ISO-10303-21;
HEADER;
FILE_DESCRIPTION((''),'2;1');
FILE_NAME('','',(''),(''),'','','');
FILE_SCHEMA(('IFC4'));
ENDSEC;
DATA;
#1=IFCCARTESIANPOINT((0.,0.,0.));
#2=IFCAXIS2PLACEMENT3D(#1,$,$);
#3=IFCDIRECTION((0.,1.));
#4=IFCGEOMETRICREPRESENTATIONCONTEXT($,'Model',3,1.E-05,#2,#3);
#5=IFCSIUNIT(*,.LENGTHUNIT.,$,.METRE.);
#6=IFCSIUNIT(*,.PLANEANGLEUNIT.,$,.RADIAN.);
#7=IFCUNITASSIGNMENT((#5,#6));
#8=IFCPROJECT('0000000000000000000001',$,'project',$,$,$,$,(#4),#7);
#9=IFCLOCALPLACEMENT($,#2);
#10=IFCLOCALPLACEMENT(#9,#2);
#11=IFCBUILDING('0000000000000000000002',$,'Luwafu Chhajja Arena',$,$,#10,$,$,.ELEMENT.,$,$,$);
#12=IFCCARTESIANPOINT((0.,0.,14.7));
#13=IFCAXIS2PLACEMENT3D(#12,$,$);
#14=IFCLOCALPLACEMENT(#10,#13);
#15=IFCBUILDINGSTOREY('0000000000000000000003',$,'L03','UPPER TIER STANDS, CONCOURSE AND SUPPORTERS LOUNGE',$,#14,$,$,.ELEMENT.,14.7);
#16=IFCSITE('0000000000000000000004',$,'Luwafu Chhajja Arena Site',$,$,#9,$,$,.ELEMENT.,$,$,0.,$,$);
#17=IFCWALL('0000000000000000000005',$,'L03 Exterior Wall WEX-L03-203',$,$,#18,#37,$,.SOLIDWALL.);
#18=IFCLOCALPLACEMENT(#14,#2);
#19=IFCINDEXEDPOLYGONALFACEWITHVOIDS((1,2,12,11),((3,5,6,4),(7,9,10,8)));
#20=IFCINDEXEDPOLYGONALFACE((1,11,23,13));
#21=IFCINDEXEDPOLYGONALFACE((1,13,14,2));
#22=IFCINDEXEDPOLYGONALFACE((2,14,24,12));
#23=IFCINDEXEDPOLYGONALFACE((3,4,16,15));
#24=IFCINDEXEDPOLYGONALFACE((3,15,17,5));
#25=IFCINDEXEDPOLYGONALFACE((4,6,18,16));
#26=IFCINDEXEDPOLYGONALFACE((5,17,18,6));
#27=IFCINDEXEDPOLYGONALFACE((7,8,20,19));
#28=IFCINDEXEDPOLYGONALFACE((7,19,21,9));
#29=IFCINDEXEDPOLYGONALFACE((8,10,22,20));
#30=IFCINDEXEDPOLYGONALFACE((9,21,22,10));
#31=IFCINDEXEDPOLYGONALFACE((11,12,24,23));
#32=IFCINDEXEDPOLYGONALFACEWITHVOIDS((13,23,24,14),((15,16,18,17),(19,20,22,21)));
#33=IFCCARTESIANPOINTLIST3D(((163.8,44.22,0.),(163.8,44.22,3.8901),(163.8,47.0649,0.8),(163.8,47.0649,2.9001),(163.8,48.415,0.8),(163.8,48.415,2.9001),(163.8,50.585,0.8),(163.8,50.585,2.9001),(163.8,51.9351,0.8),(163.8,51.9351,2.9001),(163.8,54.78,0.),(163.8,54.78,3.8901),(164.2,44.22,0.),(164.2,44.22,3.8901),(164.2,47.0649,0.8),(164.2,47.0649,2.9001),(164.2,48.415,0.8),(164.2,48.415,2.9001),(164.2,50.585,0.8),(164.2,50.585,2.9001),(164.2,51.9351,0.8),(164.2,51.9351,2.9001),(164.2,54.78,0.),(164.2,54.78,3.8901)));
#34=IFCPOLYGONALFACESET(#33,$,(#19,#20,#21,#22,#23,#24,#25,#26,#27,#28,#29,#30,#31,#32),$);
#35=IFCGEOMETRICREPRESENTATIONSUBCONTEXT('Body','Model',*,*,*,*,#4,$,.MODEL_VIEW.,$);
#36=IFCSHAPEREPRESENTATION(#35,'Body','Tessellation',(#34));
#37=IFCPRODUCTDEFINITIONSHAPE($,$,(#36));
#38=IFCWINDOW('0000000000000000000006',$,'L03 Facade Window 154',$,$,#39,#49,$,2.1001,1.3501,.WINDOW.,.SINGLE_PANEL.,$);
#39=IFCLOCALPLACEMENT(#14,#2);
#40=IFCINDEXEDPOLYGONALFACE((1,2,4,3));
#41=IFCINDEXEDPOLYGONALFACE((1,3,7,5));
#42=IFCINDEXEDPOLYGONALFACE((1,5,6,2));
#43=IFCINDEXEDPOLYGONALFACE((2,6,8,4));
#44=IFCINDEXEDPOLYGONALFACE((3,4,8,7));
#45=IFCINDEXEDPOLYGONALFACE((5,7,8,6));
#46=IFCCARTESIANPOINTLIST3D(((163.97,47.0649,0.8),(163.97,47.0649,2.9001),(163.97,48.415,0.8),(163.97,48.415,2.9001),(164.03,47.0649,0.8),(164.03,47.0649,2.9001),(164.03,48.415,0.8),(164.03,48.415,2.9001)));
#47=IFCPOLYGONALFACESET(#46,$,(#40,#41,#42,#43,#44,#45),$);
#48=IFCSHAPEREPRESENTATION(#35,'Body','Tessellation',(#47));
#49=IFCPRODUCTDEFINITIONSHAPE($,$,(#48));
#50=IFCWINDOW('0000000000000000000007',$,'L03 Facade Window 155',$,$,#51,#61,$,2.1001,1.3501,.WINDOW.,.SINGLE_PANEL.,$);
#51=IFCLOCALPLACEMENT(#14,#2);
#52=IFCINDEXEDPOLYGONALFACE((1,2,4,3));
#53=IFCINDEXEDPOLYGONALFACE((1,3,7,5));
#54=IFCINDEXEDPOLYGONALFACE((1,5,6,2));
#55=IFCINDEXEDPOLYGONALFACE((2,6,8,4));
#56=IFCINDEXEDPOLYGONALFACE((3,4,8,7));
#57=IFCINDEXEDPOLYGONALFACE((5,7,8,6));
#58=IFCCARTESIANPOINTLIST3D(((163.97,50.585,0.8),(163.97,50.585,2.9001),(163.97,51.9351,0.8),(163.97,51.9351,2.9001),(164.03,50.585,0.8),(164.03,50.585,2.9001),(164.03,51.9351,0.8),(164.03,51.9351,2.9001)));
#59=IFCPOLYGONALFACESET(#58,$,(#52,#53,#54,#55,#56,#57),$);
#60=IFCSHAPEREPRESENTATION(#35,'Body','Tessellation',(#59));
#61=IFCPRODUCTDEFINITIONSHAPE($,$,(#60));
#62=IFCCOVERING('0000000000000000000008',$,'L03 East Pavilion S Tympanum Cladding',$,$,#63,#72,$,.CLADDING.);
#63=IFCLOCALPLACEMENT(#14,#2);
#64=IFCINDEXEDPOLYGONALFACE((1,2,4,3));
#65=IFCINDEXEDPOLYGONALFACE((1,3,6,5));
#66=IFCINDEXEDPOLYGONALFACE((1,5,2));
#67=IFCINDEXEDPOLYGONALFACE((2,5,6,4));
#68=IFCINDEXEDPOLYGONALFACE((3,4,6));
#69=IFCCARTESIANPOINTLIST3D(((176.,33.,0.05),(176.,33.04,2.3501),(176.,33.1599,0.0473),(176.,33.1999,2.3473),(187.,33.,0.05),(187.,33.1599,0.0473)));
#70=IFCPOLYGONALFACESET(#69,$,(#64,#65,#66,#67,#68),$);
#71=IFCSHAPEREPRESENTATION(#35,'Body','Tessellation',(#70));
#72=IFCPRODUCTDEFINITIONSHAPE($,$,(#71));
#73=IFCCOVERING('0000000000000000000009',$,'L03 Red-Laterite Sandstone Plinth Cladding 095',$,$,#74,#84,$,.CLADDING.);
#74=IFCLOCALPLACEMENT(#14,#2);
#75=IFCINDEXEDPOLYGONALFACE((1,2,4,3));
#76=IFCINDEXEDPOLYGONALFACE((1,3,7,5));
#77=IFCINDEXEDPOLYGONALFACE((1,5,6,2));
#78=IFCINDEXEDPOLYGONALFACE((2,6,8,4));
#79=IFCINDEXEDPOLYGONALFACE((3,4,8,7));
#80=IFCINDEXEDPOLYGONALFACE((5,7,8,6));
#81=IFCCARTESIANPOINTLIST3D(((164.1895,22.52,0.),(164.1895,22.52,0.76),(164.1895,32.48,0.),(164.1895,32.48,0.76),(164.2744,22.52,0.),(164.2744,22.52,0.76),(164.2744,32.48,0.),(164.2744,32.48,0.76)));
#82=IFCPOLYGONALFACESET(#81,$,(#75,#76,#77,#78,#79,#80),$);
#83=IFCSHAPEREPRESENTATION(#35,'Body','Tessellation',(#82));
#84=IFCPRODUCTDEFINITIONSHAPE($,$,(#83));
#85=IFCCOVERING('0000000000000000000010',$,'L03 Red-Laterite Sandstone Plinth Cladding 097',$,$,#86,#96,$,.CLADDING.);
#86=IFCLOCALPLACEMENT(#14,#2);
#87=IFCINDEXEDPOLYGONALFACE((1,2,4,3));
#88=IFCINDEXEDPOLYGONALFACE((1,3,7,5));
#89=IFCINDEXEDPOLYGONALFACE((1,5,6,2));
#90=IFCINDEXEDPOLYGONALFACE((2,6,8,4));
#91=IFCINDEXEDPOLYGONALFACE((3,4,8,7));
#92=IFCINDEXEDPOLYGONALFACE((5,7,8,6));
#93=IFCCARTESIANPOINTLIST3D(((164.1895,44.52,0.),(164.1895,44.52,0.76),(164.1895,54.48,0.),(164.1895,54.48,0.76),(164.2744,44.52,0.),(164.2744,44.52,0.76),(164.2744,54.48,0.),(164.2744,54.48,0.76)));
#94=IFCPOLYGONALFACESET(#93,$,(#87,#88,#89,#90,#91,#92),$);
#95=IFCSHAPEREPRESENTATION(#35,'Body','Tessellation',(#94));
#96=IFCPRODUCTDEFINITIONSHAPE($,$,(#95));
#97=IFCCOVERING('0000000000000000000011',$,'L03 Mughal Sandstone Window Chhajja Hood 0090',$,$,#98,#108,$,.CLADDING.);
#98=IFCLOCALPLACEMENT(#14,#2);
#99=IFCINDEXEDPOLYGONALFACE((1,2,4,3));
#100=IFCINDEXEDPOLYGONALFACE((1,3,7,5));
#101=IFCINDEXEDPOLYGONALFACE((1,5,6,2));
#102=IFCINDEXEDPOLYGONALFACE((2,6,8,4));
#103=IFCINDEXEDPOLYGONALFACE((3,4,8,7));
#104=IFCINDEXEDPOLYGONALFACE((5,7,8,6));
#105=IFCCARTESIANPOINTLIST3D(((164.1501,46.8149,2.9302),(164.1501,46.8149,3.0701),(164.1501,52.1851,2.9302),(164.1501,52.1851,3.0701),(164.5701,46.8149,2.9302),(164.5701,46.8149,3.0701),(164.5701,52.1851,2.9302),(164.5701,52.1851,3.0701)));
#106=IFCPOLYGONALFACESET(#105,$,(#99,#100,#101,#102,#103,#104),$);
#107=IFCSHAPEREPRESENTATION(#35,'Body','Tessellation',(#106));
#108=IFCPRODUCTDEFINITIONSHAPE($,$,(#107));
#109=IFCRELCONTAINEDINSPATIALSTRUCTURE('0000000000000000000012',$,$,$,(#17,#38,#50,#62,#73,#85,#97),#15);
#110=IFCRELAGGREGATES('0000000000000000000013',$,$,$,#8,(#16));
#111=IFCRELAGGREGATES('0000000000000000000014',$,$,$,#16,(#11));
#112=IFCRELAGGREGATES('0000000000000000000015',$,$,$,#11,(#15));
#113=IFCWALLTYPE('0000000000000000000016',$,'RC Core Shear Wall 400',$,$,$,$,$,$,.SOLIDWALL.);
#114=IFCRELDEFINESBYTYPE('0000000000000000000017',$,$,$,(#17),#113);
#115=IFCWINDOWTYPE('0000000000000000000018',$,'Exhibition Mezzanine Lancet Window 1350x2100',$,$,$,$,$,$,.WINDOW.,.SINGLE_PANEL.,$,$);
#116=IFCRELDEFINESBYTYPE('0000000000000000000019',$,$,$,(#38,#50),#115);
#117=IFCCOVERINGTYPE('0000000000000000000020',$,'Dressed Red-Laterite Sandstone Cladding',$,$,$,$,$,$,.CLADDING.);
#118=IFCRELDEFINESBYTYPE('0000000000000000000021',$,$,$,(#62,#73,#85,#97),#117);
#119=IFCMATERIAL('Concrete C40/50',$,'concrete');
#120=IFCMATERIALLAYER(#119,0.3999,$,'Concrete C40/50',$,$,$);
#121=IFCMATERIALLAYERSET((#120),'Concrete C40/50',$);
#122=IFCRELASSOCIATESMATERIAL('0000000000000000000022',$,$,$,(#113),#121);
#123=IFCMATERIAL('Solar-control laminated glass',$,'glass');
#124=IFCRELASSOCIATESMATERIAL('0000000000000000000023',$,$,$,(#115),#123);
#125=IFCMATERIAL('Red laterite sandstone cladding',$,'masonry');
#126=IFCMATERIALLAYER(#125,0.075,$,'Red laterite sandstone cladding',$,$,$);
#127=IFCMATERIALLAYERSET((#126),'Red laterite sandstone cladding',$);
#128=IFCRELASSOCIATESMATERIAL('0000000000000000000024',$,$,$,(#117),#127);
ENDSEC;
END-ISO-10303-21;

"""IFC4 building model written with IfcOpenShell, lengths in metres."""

from ifc_helpers import new_model, si_unit, direction, frame, frame_2d, origin, origin_2d, place, context, subcontext, project, spatial, polyline, rectangle, outline, extrude, material, layer, layer_set, type_object, element, fill, save


model = new_model("IFC4")

# Units and contexts
model_context = context("Model", 3, precision=1e-05, world=origin(), true_north=direction((0.0, 1.0)))
body_context = subcontext(model_context, "Body", "Model", "MODEL_VIEW")
ifc_project = project(units=[si_unit("LENGTHUNIT", "METRE"), si_unit("PLANEANGLEUNIT", "RADIAN")], contexts=[model_context])

# Site, building, storey
site_placement = place(None, origin())
site = spatial("IfcSite", under=ifc_project, at=site_placement, Name="Luwafu Chhajja Arena Site", CompositionType="ELEMENT", RefElevation=0.0)
building_placement = place(site_placement, origin())
building = spatial("IfcBuilding", under=site, at=building_placement, Name="Luwafu Chhajja Arena", CompositionType="ELEMENT")
storey_placement = place(building_placement, frame((0.0, 0.0, 14.7)))
storey = spatial("IfcBuildingStorey", under=building, at=storey_placement, Name="L03", Description="UPPER TIER STANDS, CONCOURSE AND SUPPORTERS LOUNGE", CompositionType="ELEMENT", Elevation=14.7)

# Shared definitions
ifc_material_1 = material(Name="Concrete C40/50", Category="concrete")

# Wall, openings, windows
ifc_layer_1 = layer(ifc_material_1, 0.3999, Name="Concrete C40/50")
ifc_layer_set_1 = layer_set([ifc_layer_1], Name="Concrete C40/50")
wall_type_1 = type_object("IfcWallType", Name="RC Core Shear Wall 400", PredefinedType="SOLIDWALL", material=ifc_layer_set_1)
wall_1_placement = place(storey_placement, frame((164.0, 44.22, 0.0), z_axis=(0.0, 0.0, 1.0), x_axis=(0.0, 1.0, 0.0)))
wall_1 = element("IfcWall", 1, at=wall_1_placement, inside=storey, type_object=wall_type_1, Name="L03 Exterior Wall WEX-L03-203", PredefinedType="SOLIDWALL", context=body_context, shape_type="SweptSolid", body=[
    extrude(rectangle(XDim=10.5601, YDim=0.3999, at=frame_2d((5.28, 0.0))), origin(), (0.0, 0.0, 1.0), 3.8901),
])
opening_1_placement = place(wall_1_placement, frame((2.845, 0.0, 0.8)))
opening_1 = element("IfcOpeningElement", 2, at=opening_1_placement, cuts=wall_1, PredefinedType="OPENING", context=body_context, shape_type="SweptSolid", body=[
    extrude(rectangle(XDim=1.3501, YDim=2.1001, at=frame_2d((0.675, 1.05))), frame((0.0, 0.21, 0.0), z_axis=(0.0, -1.0, 0.0), x_axis=(1.0, 0.0, 0.0)), (0.0, 0.0, 1.0), 0.4199),
])
opening_2_placement = place(wall_1_placement, frame((6.365, 0.0, 0.8)))
opening_2 = element("IfcOpeningElement", 3, at=opening_2_placement, cuts=wall_1, PredefinedType="OPENING", context=body_context, shape_type="SweptSolid", body=[
    extrude(rectangle(XDim=1.3501, YDim=2.1001, at=frame_2d((0.675, 1.05))), frame((0.0, 0.21, 0.0), z_axis=(0.0, -1.0, 0.0), x_axis=(1.0, 0.0, 0.0)), (0.0, 0.0, 1.0), 0.4199),
])
ifc_material_2 = material(Name="Solar-control laminated glass", Category="glass")
window_type = type_object("IfcWindowType", Name="Exhibition Mezzanine Lancet Window 1350x2100", PartitioningType="SINGLE_PANEL", PredefinedType="WINDOW", material=ifc_material_2)
window_1_placement = place(opening_1_placement, origin())
window_1 = element("IfcWindow", 4, at=window_1_placement, inside=storey, type_object=window_type, Name="L03 Facade Window 154", OverallHeight=2.1001, OverallWidth=1.3501, PartitioningType="SINGLE_PANEL", PredefinedType="WINDOW", context=body_context, shape_type="SweptSolid", body=[
    extrude(rectangle(XDim=1.3501, YDim=2.1001, at=frame_2d((0.675, 1.05))), frame((0.0, 0.03, 0.0), z_axis=(0.0, -1.0, 0.0), x_axis=(1.0, 0.0, 0.0)), (0.0, 0.0, 1.0), 0.0601),
])
fill(opening_1, window_1)
window_2_placement = place(opening_2_placement, origin())
window_2 = element("IfcWindow", 5, at=window_2_placement, inside=storey, type_object=window_type, Name="L03 Facade Window 155", OverallHeight=2.1001, OverallWidth=1.3501, PartitioningType="SINGLE_PANEL", PredefinedType="WINDOW", context=body_context, shape_type="SweptSolid", body=[
    extrude(rectangle(XDim=1.3501, YDim=2.1001, at=frame_2d((0.675, 1.05))), frame((0.0, 0.03, 0.0), z_axis=(0.0, -1.0, 0.0), x_axis=(1.0, 0.0, 0.0)), (0.0, 0.0, 1.0), 0.0601),
])
fill(opening_2, window_2)

# Coverings
ifc_material_3 = material(Name="Red laterite sandstone cladding", Category="masonry")
ifc_layer_2 = layer(ifc_material_3, 0.075, Name="Red laterite sandstone cladding")
ifc_layer_set_2 = layer_set([ifc_layer_2], Name="Red laterite sandstone cladding")
covering_type = type_object("IfcCoveringType", Name="Dressed Red-Laterite Sandstone Cladding", PredefinedType="CLADDING", material=ifc_layer_set_2)
covering_1_placement = place(storey_placement, frame((176.0, 33.0, 0.05), z_axis=(0.0, -0.999849, 0.017405), x_axis=(1.0, 0.0, 0.0)))
element("IfcCovering", 6, at=covering_1_placement, inside=storey, type_object=covering_type, Name="L03 East Pavilion S Tympanum Cladding", PredefinedType="CLADDING", context=body_context, shape_type="SweptSolid", body=[
    extrude(outline(polyline([(0.0, 0.0), (11.0, 0.0), (0.0, 2.3004), (0.0, 0.0)])), origin(), (0.0, 0.0, -1.0), 0.1599),
])
for number, where, z_axis, x_axis, name in (
    (7, (164.2319, 27.5, 0.0), (0.0, 0.0, 1.0), (0.0, 1.0, 0.0), "L03 Red-Laterite Sandstone Plinth Cladding 095"),
    (8, (164.2319, 49.5, 0.0), (0.0, 0.0, 1.0), (0.0, 1.0, 0.0), "L03 Red-Laterite Sandstone Plinth Cladding 097"),
):
    element("IfcCovering", number, at=place(storey_placement, frame(where, z_axis=z_axis, x_axis=x_axis)), inside=storey, type_object=covering_type, Name=name, PredefinedType="CLADDING", context=body_context, shape_type="SweptSolid", body=[
        extrude(rectangle(XDim=9.96, YDim=0.085, at=origin_2d()), origin(), (0.0, 0.0, 1.0), 0.76),
    ])
covering_2_placement = place(storey_placement, frame((164.3601, 49.5, 2.9302), z_axis=(0.0, 0.0, 1.0), x_axis=(0.0, 1.0, 0.0)))
element("IfcCovering", 9, at=covering_2_placement, inside=storey, type_object=covering_type, Name="L03 Mughal Sandstone Window Chhajja Hood 0090", PredefinedType="CLADDING", context=body_context, shape_type="SweptSolid", body=[
    extrude(rectangle(XDim=5.3701, YDim=0.4199, at=origin_2d()), origin(), (0.0, 0.0, 1.0), 0.1399),
])

save(model, "model.ifc")
